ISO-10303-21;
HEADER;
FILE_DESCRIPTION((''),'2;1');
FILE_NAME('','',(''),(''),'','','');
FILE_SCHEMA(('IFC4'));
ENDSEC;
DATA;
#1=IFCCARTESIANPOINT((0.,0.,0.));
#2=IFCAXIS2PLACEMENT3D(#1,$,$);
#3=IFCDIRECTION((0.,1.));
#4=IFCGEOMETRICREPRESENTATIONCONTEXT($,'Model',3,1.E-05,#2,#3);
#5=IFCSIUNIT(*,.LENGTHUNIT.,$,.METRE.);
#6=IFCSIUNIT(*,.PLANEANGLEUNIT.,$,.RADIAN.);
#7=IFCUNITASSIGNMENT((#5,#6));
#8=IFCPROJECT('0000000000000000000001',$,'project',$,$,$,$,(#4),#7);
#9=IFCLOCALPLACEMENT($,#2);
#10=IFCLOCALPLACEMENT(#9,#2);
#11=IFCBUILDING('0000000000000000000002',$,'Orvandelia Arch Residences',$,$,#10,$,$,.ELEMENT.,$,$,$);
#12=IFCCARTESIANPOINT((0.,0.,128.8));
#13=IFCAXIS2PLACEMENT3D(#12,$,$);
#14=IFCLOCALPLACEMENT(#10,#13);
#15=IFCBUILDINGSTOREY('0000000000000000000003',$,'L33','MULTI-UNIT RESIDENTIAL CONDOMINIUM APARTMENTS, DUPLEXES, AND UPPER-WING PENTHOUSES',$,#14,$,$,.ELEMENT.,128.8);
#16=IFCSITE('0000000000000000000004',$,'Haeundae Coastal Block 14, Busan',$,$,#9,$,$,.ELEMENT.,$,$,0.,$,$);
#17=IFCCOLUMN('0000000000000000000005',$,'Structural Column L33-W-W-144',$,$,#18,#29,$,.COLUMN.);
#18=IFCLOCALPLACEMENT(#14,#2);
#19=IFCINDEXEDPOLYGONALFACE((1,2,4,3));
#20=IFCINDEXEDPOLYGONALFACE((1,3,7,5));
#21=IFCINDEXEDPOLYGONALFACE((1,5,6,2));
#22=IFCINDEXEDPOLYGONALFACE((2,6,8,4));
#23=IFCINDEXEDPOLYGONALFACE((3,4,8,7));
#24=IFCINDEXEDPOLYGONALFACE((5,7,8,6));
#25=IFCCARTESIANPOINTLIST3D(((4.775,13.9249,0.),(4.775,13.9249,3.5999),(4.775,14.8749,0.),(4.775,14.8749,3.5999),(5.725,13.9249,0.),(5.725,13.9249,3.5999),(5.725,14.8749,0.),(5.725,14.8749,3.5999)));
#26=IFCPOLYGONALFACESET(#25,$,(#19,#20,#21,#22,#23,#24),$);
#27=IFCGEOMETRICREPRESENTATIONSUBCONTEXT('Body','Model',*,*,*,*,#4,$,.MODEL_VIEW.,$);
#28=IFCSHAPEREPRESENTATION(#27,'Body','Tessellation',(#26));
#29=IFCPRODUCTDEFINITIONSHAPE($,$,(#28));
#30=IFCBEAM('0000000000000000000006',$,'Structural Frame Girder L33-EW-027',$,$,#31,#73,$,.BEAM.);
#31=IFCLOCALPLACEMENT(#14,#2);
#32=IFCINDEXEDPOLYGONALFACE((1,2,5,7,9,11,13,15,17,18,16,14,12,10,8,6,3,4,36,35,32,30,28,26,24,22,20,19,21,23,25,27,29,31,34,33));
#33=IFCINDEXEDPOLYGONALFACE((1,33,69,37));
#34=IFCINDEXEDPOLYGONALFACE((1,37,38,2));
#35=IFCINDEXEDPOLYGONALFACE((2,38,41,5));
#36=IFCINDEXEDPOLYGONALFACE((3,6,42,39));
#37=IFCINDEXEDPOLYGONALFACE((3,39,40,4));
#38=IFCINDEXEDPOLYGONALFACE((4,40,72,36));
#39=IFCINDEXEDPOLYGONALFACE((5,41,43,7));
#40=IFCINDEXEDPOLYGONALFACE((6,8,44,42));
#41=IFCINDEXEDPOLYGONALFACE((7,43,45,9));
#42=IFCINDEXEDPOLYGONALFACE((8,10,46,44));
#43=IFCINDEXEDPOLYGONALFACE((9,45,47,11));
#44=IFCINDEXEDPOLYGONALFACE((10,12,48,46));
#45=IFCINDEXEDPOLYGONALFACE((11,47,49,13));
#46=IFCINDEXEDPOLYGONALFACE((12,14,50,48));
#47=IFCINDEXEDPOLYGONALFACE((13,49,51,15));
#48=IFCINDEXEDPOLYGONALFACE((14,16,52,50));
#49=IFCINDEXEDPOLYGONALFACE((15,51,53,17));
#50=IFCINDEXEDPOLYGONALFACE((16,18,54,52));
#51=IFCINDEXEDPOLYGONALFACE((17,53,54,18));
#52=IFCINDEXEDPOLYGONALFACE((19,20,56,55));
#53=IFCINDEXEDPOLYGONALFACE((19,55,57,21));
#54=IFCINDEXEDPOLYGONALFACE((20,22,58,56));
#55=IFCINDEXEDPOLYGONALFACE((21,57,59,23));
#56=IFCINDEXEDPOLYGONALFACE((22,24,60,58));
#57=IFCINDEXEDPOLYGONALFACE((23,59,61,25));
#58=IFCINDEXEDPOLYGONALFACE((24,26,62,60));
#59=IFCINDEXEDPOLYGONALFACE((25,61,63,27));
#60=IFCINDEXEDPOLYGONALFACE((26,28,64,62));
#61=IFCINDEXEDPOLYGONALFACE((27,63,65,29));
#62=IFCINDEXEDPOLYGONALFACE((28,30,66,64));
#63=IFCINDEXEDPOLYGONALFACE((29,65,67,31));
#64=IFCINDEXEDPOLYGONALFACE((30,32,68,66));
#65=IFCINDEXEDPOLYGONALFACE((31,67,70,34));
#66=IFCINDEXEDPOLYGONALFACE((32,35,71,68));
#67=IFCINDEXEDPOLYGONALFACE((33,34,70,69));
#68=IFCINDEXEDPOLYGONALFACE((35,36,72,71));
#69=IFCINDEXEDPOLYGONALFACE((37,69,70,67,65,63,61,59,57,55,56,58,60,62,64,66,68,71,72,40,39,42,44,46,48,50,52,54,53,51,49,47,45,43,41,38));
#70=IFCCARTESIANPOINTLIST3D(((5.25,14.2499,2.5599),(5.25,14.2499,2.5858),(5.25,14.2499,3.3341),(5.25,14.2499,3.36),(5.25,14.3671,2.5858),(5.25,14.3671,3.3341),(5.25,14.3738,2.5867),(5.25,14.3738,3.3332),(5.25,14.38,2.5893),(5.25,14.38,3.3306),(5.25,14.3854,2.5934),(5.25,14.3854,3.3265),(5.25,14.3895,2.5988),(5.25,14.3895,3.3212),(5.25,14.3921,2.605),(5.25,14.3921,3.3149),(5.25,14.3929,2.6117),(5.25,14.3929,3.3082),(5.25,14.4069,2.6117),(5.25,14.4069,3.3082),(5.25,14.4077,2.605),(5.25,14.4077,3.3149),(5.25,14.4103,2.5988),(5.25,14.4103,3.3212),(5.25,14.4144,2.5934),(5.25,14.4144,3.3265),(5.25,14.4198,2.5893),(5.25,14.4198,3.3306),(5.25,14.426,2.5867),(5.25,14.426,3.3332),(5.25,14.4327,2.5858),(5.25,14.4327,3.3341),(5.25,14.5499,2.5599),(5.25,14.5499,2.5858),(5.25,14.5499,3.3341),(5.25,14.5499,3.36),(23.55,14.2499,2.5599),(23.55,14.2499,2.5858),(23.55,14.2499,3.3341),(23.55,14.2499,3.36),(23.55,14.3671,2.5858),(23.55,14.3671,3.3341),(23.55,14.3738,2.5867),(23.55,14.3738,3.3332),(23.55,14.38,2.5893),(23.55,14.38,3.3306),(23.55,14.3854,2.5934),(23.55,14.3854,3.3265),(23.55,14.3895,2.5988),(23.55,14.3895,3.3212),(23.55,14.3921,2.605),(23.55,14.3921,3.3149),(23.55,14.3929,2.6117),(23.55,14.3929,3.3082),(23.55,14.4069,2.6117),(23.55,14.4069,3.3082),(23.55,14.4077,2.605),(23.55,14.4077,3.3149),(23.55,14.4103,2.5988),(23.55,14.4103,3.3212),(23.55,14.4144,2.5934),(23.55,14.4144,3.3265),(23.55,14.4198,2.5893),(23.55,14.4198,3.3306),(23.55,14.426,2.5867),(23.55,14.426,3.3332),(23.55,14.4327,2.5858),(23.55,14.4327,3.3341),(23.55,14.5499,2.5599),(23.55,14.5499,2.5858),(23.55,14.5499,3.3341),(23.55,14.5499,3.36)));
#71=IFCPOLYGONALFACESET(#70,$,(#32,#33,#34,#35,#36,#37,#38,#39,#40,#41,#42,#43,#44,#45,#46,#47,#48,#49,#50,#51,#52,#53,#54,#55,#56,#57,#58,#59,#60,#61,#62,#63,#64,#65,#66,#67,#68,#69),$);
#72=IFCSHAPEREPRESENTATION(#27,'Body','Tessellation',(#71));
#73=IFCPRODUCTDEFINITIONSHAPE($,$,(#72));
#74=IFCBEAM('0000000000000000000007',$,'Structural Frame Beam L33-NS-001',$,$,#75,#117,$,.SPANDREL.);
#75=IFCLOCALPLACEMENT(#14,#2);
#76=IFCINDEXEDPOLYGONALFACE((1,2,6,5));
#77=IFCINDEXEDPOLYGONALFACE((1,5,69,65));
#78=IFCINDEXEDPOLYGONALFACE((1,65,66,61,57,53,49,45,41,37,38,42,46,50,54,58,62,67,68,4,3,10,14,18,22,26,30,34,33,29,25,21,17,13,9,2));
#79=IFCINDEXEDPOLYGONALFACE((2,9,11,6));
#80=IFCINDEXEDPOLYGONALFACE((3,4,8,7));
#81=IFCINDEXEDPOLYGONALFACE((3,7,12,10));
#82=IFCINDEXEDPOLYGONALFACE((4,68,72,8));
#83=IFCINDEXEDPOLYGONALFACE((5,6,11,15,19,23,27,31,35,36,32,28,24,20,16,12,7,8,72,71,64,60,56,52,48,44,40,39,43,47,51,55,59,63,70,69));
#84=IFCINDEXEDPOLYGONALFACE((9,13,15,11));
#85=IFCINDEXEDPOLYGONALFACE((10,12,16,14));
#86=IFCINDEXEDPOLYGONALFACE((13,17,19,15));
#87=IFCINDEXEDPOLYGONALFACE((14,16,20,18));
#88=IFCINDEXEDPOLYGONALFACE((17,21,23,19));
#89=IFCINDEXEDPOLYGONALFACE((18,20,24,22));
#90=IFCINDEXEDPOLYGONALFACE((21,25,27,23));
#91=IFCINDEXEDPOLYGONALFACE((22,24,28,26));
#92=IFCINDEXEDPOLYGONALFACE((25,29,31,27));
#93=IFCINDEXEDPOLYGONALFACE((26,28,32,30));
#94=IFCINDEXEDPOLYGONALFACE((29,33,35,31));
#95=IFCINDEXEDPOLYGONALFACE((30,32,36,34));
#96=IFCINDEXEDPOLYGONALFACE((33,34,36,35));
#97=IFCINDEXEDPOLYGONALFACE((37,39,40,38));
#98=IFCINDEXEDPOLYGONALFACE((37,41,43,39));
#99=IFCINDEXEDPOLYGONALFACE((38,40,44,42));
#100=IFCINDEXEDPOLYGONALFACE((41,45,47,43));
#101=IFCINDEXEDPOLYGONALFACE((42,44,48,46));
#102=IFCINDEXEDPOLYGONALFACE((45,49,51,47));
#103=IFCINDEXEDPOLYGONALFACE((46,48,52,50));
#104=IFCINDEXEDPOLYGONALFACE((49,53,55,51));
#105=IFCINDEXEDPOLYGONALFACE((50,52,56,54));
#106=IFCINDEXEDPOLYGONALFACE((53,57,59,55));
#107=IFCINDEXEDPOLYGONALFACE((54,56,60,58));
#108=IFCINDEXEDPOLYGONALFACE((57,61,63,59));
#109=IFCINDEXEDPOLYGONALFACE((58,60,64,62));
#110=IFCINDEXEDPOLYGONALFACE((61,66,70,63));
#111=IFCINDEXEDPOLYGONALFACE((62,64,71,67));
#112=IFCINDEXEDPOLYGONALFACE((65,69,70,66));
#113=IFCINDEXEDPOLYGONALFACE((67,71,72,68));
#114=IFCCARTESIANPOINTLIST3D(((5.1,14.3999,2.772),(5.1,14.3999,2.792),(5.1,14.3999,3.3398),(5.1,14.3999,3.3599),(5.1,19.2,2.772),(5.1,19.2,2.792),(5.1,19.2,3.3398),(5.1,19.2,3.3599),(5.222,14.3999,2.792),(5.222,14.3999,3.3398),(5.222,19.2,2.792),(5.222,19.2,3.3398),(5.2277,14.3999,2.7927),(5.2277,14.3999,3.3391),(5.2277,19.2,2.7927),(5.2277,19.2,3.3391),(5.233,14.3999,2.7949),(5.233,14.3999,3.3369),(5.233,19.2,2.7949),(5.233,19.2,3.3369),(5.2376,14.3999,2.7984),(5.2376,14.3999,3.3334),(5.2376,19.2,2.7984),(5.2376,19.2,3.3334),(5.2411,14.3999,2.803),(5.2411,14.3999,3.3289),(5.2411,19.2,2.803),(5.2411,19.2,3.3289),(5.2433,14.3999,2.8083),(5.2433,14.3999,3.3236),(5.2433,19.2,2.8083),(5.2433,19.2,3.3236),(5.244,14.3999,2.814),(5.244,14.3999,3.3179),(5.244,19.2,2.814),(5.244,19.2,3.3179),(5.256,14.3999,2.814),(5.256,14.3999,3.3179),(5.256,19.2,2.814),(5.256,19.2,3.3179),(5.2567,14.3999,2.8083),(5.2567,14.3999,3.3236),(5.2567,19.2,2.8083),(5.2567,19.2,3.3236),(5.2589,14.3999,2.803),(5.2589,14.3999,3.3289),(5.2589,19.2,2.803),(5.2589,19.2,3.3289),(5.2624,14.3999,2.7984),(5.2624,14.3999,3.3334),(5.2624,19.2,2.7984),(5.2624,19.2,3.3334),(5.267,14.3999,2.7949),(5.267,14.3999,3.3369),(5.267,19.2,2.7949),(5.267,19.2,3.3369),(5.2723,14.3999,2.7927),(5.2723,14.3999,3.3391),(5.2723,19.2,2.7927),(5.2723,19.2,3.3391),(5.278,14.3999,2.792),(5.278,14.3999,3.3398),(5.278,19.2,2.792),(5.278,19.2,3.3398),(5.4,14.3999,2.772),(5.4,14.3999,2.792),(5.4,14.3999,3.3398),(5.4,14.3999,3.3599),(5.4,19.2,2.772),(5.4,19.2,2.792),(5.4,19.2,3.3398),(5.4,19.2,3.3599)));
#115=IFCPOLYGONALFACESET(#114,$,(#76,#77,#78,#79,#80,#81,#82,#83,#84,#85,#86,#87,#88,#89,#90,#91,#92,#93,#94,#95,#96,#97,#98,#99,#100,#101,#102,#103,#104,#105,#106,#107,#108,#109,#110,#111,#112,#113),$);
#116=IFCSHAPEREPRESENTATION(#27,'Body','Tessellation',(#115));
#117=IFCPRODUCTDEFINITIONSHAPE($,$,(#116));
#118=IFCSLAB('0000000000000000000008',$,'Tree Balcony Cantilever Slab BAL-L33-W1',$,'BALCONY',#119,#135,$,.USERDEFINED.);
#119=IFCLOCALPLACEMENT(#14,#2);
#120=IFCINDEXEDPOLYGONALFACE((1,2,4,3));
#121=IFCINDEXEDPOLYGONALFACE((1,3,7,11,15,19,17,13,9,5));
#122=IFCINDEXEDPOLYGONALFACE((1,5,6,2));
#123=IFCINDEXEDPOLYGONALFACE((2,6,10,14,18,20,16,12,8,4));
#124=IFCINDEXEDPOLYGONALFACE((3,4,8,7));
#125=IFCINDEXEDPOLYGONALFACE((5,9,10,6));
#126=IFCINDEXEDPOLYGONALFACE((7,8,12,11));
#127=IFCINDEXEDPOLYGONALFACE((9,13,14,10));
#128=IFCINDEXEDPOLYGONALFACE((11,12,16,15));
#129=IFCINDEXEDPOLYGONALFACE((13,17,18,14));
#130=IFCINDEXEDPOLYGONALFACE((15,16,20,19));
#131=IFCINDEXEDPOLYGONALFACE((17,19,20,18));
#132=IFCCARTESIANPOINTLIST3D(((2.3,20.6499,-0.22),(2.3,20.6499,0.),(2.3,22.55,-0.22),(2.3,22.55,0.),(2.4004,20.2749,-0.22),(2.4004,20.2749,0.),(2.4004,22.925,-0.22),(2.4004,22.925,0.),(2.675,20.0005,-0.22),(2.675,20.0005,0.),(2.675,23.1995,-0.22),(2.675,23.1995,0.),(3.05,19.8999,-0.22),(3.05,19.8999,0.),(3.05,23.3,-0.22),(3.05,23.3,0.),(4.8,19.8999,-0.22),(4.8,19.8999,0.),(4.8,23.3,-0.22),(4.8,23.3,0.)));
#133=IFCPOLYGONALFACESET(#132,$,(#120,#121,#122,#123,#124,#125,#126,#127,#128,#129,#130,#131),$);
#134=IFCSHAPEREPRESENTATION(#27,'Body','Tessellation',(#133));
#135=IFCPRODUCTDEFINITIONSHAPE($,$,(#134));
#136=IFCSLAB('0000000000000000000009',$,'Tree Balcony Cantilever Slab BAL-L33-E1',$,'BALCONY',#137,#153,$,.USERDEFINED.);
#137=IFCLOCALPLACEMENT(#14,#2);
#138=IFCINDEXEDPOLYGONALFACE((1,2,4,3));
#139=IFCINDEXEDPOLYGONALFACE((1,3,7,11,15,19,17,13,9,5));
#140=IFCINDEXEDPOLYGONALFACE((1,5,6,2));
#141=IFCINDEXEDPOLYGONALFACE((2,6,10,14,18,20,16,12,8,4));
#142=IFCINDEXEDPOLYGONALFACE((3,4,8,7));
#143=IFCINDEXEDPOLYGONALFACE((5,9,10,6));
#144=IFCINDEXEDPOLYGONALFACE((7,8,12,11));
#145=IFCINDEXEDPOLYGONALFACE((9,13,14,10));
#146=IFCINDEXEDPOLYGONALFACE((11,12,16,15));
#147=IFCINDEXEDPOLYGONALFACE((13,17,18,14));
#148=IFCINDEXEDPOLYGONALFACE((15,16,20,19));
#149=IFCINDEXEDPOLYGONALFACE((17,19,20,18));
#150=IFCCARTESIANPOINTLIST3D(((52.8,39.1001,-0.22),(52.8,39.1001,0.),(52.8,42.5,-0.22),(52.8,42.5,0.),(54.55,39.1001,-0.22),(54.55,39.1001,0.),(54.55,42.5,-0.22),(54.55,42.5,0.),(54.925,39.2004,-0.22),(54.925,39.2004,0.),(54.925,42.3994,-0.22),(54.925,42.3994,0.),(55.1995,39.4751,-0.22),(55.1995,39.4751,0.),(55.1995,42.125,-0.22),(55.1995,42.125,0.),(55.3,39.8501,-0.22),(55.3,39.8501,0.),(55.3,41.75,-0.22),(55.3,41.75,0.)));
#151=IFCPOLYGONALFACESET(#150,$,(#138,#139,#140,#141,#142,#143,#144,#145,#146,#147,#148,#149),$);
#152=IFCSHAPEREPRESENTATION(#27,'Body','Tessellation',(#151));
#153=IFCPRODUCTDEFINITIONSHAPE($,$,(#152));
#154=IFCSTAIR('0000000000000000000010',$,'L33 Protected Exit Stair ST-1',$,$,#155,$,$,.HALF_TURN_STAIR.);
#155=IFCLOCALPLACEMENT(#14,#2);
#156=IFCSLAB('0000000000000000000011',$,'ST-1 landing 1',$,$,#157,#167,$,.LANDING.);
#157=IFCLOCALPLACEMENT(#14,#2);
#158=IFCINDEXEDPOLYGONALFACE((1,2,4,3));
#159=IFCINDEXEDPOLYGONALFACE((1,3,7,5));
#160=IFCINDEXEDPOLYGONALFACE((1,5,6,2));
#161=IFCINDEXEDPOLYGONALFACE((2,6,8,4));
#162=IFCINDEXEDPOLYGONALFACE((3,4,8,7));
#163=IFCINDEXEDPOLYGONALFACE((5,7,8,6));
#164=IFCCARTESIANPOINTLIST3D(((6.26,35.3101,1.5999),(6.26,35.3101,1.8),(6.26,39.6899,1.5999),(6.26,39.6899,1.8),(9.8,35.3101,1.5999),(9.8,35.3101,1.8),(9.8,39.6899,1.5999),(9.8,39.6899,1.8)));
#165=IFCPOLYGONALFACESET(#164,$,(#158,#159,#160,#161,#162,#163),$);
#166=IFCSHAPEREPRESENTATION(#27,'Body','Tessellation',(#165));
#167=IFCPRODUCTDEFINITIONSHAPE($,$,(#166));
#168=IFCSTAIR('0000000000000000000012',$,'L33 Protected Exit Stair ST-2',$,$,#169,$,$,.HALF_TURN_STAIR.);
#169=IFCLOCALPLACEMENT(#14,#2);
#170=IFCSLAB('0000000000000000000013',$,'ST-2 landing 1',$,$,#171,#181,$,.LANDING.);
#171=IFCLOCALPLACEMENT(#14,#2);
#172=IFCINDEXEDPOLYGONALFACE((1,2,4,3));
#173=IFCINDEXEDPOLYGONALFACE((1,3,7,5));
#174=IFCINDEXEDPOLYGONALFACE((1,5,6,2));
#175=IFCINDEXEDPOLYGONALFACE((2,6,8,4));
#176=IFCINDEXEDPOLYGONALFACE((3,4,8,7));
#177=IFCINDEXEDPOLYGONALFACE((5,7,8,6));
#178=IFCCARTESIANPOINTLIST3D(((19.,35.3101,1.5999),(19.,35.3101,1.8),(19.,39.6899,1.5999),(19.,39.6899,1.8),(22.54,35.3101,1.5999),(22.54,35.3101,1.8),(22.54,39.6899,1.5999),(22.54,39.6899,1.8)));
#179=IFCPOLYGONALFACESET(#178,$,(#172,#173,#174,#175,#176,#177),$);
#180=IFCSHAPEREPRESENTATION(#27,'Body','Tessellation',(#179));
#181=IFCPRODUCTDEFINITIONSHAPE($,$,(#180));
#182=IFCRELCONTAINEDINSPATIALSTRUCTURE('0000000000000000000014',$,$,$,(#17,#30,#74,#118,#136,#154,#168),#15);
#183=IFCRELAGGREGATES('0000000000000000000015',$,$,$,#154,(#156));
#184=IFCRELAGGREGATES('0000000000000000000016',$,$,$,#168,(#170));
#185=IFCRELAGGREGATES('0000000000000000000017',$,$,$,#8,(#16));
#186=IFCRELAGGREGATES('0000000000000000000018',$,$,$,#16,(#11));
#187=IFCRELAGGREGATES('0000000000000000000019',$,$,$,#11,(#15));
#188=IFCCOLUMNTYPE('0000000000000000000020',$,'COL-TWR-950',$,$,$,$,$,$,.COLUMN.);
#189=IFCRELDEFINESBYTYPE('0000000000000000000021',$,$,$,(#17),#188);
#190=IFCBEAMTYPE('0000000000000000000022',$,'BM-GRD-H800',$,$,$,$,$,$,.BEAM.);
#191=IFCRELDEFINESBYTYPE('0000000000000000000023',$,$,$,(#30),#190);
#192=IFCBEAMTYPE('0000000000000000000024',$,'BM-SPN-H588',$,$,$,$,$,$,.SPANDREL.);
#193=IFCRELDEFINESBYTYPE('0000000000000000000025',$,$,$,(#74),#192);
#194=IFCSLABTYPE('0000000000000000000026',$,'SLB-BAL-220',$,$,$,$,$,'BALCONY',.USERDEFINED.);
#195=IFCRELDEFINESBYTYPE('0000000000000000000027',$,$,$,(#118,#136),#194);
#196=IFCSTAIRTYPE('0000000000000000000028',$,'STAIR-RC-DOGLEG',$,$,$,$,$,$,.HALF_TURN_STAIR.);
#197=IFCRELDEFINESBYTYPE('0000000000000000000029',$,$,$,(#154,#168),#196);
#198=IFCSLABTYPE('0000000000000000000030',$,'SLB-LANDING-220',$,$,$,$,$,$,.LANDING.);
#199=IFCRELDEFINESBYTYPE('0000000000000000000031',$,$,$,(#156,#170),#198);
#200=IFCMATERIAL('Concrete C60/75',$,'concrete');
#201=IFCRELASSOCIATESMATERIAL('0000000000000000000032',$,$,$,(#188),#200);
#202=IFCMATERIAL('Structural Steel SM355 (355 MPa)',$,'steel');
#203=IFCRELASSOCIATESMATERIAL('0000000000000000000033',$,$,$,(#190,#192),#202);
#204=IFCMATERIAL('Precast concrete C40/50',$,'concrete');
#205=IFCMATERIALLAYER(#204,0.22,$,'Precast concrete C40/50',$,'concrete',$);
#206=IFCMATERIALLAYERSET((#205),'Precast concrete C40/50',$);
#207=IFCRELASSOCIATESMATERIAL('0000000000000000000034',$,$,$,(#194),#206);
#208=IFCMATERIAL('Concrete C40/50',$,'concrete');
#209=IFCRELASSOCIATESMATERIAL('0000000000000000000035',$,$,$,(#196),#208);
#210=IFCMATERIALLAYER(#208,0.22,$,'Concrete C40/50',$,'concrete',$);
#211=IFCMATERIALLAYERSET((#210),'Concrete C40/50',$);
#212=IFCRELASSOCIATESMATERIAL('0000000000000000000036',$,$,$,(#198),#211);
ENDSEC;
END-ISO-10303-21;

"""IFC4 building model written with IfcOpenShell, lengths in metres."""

from ifc_helpers import new_model, si_unit, direction, frame, origin, origin_2d, place, context, subcontext, project, spatial, polyline, rectangle, i_section, outline, extrude, material, layer, layer_set, material_profile, profile_set, type_object, element, aggregate, save


model = new_model("IFC4")

# Units and contexts
model_context = context("Model", 3, precision=1e-05, world=origin(), true_north=direction((0.0, 1.0)))
body_context = subcontext(model_context, "Body", "Model", "MODEL_VIEW")
ifc_project = project(units=[si_unit("LENGTHUNIT", "METRE"), si_unit("PLANEANGLEUNIT", "RADIAN")], contexts=[model_context])

# Site, building, storey
site_placement = place(None, origin())
site = spatial("IfcSite", under=ifc_project, at=site_placement, Name="Haeundae Coastal Block 14, Busan", CompositionType="ELEMENT", RefElevation=0.0)
building_placement = place(site_placement, origin())
building = spatial("IfcBuilding", under=site, at=building_placement, Name="Orvandelia Arch Residences", CompositionType="ELEMENT")
storey_placement = place(building_placement, frame((0.0, 0.0, 128.8)))
storey = spatial("IfcBuildingStorey", under=building, at=storey_placement, Name="L33", Description="MULTI-UNIT RESIDENTIAL CONDOMINIUM APARTMENTS, DUPLEXES, AND UPPER-WING PENTHOUSES", CompositionType="ELEMENT", Elevation=128.8)

# Column
ifc_material_1 = material(Name="Concrete C60/75", Category="concrete")
ifc_material_profile_1 = material_profile(ifc_material_1, rectangle(XDim=0.95, YDim=0.95, at=origin_2d()), Name="Concrete C60/75", Category="concrete")
ifc_profile_set_1 = profile_set([ifc_material_profile_1], Name="Concrete C60/75")
column_type = type_object("IfcColumnType", Name="COL-TWR-950", PredefinedType="COLUMN", material=ifc_profile_set_1)
column_placement = place(storey_placement, frame((5.25, 14.3999, 0.0), z_axis=(0.0, 0.0, 1.0), x_axis=(1.0, 0.0, 0.0)))
element("IfcColumn", 1, at=column_placement, inside=storey, type_object=column_type, Name="Structural Column L33-W-W-144", PredefinedType="COLUMN", context=body_context, shape_type="SweptSolid", body=[
    extrude(rectangle(XDim=0.95, YDim=0.95, at=origin_2d()), origin(), (0.0, 0.0, 1.0), 3.5999),
])

# Beams
ifc_material_2 = material(Name="Structural Steel SM355 (355 MPa)", Category="steel")
ifc_material_profile_2 = material_profile(ifc_material_2, i_section(OverallWidth=0.3, OverallDepth=0.8, WebThickness=0.0139, FlangeThickness=0.0259, FilletRadius=0.0259, at=origin_2d()), Name="Structural Steel SM355 (355 MPa)", Category="steel")
ifc_profile_set_2 = profile_set([ifc_material_profile_2], Name="Structural Steel SM355 (355 MPa)")
beam_type_1 = type_object("IfcBeamType", Name="BM-GRD-H800", PredefinedType="BEAM", material=ifc_profile_set_2)
beam_1_placement = place(storey_placement, frame((5.25, 14.3999, 2.96), z_axis=(1.0, 0.0, 0.0), x_axis=(0.0, 1.0, 0.0)))
element("IfcBeam", 2, at=beam_1_placement, inside=storey, type_object=beam_type_1, Name="Structural Frame Girder L33-EW-027", PredefinedType="BEAM", context=body_context, shape_type="SweptSolid", body=[
    extrude(i_section(OverallWidth=0.3, OverallDepth=0.8, WebThickness=0.0139, FlangeThickness=0.0259, FilletRadius=0.0259, at=origin_2d()), origin(), (0.0, 0.0, 1.0), 18.3),
])
ifc_material_profile_3 = material_profile(ifc_material_2, i_section(OverallWidth=0.3, OverallDepth=0.5879, WebThickness=0.012, FlangeThickness=0.02, FilletRadius=0.022, at=origin_2d()), Name="Structural Steel SM355 (355 MPa)", Category="steel")
ifc_profile_set_3 = profile_set([ifc_material_profile_3], Name="Structural Steel SM355 (355 MPa)")
beam_type_2 = type_object("IfcBeamType", Name="BM-SPN-H588", PredefinedType="SPANDREL", material=ifc_profile_set_3)
beam_2_placement = place(storey_placement, frame((5.25, 14.3999, 3.0659), z_axis=(0.0, 1.0, 0.0), x_axis=(-1.0, 0.0, 0.0)))
element("IfcBeam", 3, at=beam_2_placement, inside=storey, type_object=beam_type_2, Name="Structural Frame Beam L33-NS-001", PredefinedType="SPANDREL", context=body_context, shape_type="SweptSolid", body=[
    extrude(i_section(OverallWidth=0.3, OverallDepth=0.5879, WebThickness=0.012, FlangeThickness=0.02, FilletRadius=0.022, at=origin_2d()), origin(), (0.0, 0.0, 1.0), 4.8),
])

# Slabs
ifc_material_3 = material(Name="Precast concrete C40/50", Category="concrete")
ifc_layer_1 = layer(ifc_material_3, 0.22, Name="Precast concrete C40/50", Category="concrete")
ifc_layer_set_1 = layer_set([ifc_layer_1], Name="Precast concrete C40/50")
slab_type_1 = type_object("IfcSlabType", Name="SLB-BAL-220", ElementType="BALCONY", PredefinedType="USERDEFINED", material=ifc_layer_set_1)
slab_1_placement = place(storey_placement, frame((0.0, 0.0, -0.22)))
element("IfcSlab", 4, at=slab_1_placement, inside=storey, type_object=slab_type_1, Name="Tree Balcony Cantilever Slab BAL-L33-W1", ObjectType="BALCONY", PredefinedType="USERDEFINED", context=body_context, shape_type="SweptSolid", body=[
    extrude(outline(polyline([(4.8, 19.8999), (4.8, 23.3), (3.05, 23.3), (2.675, 23.1995), (2.4004, 22.925), (2.3, 22.55), (2.3, 20.6499), (2.4004, 20.2749), (2.675, 20.0005), (3.05, 19.8999), (4.8, 19.8999)])), origin(), (0.0, 0.0, 1.0), 0.22),
])
slab_2_placement = place(storey_placement, frame((0.0, 0.0, -0.22)))
element("IfcSlab", 5, at=slab_2_placement, inside=storey, type_object=slab_type_1, Name="Tree Balcony Cantilever Slab BAL-L33-E1", ObjectType="BALCONY", PredefinedType="USERDEFINED", context=body_context, shape_type="SweptSolid", body=[
    extrude(outline(polyline([(52.8, 42.5), (52.8, 39.1001), (54.55, 39.1001), (54.925, 39.2004), (55.1995, 39.4751), (55.3, 39.8501), (55.3, 41.75), (55.1995, 42.125), (54.925, 42.3994), (54.55, 42.5), (52.8, 42.5)])), origin(), (0.0, 0.0, 1.0), 0.22),
])

# Stairs, slabs
ifc_material_4 = material(Name="Concrete C40/50", Category="concrete")
stair_type = type_object("IfcStairType", Name="STAIR-RC-DOGLEG", PredefinedType="HALF_TURN_STAIR", material=ifc_material_4)
stair_1_placement = place(storey_placement, origin())
stair_1 = element("IfcStair", 6, at=stair_1_placement, inside=storey, type_object=stair_type, Name="L33 Protected Exit Stair ST-1", PredefinedType="HALF_TURN_STAIR")
ifc_layer_2 = layer(ifc_material_4, 0.22, Name="Concrete C40/50", Category="concrete")
ifc_layer_set_2 = layer_set([ifc_layer_2], Name="Concrete C40/50")
slab_type_2 = type_object("IfcSlabType", Name="SLB-LANDING-220", PredefinedType="LANDING", material=ifc_layer_set_2)
slab_3_placement = place(storey_placement, frame((0.0, 0.0, 1.5999)))
slab_3 = element("IfcSlab", 7, at=slab_3_placement, type_object=slab_type_2, Name="ST-1 landing 1", PredefinedType="LANDING", context=body_context, shape_type="SweptSolid", body=[
    extrude(outline(polyline([(9.8, 35.3101), (9.8, 39.6899), (6.26, 39.6899), (6.26, 35.3101), (9.8, 35.3101)])), origin(), (0.0, 0.0, 1.0), 0.2002),
])
aggregate(stair_1, [slab_3])
stair_2_placement = place(storey_placement, origin())
stair_2 = element("IfcStair", 8, at=stair_2_placement, inside=storey, type_object=stair_type, Name="L33 Protected Exit Stair ST-2", PredefinedType="HALF_TURN_STAIR")
slab_4_placement = place(storey_placement, frame((0.0, 0.0, 1.5999)))
slab_4 = element("IfcSlab", 9, at=slab_4_placement, type_object=slab_type_2, Name="ST-2 landing 1", PredefinedType="LANDING", context=body_context, shape_type="SweptSolid", body=[
    extrude(outline(polyline([(22.54, 35.3101), (22.54, 39.6899), (19.0, 39.6899), (19.0, 35.3101), (22.54, 35.3101)])), origin(), (0.0, 0.0, 1.0), 0.2002),
])
aggregate(stair_2, [slab_4])

save(model, "model.ifc")
